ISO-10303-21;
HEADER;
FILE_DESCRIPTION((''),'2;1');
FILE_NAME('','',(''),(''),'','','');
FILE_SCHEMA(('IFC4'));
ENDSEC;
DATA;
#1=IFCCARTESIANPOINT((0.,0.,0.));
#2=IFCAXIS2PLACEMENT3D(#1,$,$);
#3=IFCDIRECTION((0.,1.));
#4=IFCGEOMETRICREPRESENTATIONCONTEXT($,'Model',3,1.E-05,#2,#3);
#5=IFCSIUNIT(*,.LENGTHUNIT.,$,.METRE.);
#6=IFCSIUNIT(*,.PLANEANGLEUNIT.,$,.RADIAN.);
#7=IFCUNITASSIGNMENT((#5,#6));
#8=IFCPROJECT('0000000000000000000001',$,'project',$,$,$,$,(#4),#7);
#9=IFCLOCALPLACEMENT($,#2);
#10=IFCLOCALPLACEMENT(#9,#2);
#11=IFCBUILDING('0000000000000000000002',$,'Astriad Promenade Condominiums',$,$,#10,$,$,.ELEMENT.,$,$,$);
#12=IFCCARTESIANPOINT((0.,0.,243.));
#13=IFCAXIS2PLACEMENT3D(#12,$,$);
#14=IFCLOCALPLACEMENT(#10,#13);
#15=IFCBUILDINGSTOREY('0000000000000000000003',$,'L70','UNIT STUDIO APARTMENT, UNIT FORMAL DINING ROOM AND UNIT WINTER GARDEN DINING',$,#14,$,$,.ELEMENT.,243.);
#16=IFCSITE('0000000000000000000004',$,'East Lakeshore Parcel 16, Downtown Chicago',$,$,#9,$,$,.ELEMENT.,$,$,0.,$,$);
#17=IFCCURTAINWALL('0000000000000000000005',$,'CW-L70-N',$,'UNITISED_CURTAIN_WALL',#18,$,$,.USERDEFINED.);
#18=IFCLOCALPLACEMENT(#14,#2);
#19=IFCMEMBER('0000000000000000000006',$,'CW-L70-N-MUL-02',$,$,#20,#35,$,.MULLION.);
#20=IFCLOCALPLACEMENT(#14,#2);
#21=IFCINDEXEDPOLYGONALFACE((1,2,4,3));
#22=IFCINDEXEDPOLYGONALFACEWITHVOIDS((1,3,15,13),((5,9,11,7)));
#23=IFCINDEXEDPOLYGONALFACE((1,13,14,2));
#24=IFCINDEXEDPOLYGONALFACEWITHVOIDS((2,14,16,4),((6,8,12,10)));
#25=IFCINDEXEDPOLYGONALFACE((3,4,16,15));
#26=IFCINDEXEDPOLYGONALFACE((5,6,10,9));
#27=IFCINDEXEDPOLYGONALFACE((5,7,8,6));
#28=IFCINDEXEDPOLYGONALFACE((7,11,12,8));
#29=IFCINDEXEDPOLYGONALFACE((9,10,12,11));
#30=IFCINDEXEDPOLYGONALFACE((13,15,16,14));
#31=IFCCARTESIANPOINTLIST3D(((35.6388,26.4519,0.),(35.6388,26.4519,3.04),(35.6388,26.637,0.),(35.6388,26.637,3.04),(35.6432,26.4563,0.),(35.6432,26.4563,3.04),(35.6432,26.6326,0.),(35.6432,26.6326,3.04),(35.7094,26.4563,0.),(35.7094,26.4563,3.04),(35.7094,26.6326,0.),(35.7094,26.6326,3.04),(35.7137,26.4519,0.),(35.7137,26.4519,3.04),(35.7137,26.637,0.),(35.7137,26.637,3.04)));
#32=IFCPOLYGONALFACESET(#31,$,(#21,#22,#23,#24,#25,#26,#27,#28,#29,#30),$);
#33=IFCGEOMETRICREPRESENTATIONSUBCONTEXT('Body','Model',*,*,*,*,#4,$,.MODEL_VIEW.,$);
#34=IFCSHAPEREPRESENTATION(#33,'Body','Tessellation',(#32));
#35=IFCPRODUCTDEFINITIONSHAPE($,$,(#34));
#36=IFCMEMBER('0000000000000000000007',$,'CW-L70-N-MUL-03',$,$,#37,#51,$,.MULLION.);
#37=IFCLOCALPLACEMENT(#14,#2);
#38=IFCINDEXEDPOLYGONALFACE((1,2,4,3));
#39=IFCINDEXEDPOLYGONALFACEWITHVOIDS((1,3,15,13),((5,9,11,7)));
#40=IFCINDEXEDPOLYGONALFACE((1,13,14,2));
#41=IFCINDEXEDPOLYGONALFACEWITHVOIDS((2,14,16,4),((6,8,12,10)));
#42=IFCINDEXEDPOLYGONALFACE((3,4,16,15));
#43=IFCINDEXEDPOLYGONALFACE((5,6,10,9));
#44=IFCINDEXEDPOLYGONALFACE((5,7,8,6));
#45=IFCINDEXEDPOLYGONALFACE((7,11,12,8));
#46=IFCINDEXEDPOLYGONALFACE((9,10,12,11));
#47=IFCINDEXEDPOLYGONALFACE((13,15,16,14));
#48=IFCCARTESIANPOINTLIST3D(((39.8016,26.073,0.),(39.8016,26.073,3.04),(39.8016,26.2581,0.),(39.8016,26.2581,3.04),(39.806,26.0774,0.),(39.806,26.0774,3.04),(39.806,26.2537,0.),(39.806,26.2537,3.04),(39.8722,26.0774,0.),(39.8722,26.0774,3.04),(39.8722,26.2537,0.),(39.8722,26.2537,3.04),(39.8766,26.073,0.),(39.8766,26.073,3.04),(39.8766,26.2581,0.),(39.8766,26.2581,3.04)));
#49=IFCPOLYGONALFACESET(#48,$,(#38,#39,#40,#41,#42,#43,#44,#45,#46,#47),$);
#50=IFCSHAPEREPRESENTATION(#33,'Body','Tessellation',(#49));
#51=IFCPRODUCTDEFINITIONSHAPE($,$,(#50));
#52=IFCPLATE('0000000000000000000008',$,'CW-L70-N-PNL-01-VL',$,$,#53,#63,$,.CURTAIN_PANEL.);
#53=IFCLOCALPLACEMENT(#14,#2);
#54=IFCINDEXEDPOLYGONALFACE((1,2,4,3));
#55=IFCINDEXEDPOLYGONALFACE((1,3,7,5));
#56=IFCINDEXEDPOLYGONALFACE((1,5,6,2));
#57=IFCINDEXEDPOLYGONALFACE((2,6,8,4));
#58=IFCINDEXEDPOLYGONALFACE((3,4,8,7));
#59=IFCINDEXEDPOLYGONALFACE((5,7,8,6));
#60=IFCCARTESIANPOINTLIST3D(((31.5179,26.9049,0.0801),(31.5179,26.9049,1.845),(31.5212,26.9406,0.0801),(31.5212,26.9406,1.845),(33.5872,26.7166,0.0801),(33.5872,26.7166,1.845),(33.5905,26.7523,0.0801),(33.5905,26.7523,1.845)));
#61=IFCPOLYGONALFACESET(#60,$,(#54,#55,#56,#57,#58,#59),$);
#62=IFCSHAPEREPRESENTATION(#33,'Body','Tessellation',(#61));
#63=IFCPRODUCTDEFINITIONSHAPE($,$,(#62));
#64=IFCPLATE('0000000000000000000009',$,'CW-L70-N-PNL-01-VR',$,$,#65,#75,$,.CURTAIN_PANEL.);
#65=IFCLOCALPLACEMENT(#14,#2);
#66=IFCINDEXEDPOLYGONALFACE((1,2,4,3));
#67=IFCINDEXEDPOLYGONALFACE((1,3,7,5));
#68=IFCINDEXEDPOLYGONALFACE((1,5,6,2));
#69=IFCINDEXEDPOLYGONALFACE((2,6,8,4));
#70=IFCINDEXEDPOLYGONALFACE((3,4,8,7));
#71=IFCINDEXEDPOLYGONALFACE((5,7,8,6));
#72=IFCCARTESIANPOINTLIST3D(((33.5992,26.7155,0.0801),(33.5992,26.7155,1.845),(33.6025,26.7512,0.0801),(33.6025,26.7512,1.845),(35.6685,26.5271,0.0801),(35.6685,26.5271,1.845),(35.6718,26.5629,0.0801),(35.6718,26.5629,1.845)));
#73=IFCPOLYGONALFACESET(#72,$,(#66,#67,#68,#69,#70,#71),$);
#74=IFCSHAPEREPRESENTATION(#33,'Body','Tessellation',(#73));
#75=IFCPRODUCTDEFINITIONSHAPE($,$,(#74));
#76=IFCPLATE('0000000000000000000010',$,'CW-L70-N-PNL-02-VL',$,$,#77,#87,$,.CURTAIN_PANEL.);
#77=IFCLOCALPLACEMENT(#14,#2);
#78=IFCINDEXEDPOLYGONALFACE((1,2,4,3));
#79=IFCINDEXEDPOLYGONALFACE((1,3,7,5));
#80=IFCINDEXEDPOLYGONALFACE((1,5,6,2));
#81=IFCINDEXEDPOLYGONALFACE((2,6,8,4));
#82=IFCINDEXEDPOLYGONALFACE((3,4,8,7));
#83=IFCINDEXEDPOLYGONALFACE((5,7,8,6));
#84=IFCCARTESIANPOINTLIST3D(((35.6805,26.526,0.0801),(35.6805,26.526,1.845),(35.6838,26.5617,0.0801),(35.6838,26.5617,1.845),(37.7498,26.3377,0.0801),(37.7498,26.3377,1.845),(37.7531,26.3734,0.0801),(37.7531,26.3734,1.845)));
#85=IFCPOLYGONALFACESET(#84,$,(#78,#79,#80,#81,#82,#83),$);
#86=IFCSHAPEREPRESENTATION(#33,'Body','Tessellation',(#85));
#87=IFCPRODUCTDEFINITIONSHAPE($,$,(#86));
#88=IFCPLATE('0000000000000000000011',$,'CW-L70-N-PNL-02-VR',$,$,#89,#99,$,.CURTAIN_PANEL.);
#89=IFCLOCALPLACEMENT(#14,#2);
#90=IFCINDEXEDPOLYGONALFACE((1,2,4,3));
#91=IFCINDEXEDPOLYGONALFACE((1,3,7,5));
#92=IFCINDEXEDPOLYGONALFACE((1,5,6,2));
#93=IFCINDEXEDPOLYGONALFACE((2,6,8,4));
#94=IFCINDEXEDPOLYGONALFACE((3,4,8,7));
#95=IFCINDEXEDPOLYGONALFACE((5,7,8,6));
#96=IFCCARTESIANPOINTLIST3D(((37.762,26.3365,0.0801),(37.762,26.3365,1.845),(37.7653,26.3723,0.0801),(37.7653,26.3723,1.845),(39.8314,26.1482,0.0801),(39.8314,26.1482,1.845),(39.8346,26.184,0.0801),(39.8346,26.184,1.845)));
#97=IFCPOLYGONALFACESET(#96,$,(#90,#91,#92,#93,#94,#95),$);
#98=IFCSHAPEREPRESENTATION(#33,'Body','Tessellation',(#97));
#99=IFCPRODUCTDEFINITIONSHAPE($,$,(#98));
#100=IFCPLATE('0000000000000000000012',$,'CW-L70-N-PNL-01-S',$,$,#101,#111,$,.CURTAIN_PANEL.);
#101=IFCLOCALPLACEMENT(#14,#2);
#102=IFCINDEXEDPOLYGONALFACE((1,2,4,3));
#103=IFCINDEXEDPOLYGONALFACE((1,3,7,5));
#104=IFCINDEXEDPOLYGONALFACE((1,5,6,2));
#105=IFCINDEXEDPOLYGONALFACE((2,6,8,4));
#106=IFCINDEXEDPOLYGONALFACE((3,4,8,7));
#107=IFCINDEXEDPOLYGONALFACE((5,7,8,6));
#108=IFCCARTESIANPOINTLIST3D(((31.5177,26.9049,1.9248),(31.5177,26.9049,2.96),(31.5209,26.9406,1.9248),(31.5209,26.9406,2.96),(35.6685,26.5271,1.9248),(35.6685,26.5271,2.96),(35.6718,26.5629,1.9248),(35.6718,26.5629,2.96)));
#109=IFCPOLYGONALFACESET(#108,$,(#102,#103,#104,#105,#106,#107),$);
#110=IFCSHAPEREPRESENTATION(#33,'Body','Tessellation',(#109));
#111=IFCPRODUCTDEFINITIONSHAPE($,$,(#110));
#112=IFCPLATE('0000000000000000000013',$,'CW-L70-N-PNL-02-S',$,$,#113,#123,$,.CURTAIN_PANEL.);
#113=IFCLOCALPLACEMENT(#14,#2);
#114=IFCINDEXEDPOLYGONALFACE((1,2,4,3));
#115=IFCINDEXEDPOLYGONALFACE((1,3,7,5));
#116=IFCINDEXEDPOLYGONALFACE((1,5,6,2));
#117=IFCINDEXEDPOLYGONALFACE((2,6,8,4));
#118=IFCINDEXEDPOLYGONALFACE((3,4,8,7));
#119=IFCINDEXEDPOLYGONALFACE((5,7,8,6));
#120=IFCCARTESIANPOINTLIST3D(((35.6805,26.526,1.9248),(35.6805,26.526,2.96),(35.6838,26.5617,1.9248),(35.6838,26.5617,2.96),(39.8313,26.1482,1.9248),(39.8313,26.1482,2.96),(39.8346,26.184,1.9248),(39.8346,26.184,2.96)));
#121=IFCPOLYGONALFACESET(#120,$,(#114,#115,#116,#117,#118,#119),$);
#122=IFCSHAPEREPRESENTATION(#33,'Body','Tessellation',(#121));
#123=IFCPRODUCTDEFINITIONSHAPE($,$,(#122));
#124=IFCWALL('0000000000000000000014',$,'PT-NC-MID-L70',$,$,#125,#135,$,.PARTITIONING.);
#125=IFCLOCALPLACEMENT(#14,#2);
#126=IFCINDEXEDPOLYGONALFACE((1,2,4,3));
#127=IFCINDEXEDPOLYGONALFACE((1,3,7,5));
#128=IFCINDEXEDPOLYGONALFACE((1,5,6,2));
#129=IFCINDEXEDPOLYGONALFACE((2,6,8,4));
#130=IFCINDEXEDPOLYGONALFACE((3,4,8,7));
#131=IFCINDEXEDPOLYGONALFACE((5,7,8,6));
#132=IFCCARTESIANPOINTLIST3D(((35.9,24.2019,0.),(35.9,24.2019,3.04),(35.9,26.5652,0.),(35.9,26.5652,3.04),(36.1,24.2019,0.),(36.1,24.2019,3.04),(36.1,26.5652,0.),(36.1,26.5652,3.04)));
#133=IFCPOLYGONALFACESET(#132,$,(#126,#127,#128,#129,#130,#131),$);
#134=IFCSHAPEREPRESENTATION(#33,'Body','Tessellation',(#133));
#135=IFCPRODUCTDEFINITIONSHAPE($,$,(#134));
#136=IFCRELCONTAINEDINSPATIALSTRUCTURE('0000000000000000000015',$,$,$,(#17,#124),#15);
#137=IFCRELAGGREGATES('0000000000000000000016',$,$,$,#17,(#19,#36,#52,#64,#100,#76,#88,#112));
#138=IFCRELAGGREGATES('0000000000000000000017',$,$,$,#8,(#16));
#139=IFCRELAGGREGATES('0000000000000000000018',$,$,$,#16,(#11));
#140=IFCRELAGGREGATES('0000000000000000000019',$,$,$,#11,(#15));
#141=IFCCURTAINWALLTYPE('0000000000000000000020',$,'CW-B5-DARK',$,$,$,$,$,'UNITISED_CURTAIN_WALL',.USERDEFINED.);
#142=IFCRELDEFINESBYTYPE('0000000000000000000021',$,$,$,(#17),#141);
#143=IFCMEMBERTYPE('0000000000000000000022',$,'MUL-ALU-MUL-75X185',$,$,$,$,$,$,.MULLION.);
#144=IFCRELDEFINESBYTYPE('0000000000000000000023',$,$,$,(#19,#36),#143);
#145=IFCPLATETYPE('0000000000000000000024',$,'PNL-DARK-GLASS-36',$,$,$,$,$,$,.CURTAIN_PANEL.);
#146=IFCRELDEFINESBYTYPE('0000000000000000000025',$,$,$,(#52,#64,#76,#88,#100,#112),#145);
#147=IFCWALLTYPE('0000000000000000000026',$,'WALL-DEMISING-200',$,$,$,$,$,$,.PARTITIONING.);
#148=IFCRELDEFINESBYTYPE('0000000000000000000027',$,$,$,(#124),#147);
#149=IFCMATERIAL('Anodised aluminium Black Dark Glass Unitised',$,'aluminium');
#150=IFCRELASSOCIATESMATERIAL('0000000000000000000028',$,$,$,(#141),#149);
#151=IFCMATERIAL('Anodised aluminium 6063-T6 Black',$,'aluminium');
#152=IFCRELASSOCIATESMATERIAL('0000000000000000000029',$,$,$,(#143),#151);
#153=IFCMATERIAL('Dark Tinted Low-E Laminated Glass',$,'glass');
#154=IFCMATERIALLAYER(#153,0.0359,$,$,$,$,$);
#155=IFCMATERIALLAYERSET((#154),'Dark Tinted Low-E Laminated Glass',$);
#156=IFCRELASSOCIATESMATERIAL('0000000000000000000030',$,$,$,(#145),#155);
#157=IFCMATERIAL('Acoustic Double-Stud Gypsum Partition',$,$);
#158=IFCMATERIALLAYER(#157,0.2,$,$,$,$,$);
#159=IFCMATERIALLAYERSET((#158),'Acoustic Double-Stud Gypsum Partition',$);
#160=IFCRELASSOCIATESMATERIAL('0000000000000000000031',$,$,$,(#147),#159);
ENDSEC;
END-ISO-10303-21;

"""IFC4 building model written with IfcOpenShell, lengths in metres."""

from ifc_helpers import new_model, si_unit, direction, frame, frame_2d, origin, origin_2d, place, context, subcontext, project, spatial, rectangle, hollow_rectangle, extrude, source, transform, mapped, material, layer, layer_set, material_profile, profile_set, type_object, type_shapes, element, aggregate, save


model = new_model("IFC4")

# Units and contexts
model_context = context("Model", 3, precision=1e-05, world=origin(), true_north=direction((0.0, 1.0)))
body_context = subcontext(model_context, "Body", "Model", "MODEL_VIEW")
ifc_project = project(units=[si_unit("LENGTHUNIT", "METRE"), si_unit("PLANEANGLEUNIT", "RADIAN")], contexts=[model_context])

# Site, building, storey
site_placement = place(None, origin())
site = spatial("IfcSite", under=ifc_project, at=site_placement, Name="East Lakeshore Parcel 16, Downtown Chicago", CompositionType="ELEMENT", RefElevation=0.0)
building_placement = place(site_placement, origin())
building = spatial("IfcBuilding", under=site, at=building_placement, Name="Astriad Promenade Condominiums", CompositionType="ELEMENT")
storey_placement = place(building_placement, frame((0.0, 0.0, 243.0)))
storey = spatial("IfcBuildingStorey", under=building, at=storey_placement, Name="L70", Description="UNIT STUDIO APARTMENT, UNIT FORMAL DINING ROOM AND UNIT WINTER GARDEN DINING", CompositionType="ELEMENT", Elevation=243.0)

# Curtain wall, members, plates
ifc_material_1 = material(Name="Anodised aluminium Black Dark Glass Unitised", Category="aluminium")
curtain_wall_type = type_object("IfcCurtainWallType", Name="CW-B5-DARK", ElementType="UNITISED_CURTAIN_WALL", PredefinedType="USERDEFINED", material=ifc_material_1)
curtain_wall_placement = place(storey_placement, origin())
curtain_wall = element("IfcCurtainWall", 1, at=curtain_wall_placement, inside=storey, type_object=curtain_wall_type, Name="CW-L70-N", ObjectType="UNITISED_CURTAIN_WALL", PredefinedType="USERDEFINED")
ifc_material_2 = material(Name="Anodised aluminium 6063-T6 Black", Category="aluminium")
ifc_material_profile_1 = material_profile(ifc_material_2, hollow_rectangle(XDim=0.075, YDim=0.1851, WallThickness=0.0044, at=origin_2d()), Name="ALU-MUL-75X185")
ifc_profile_set_1 = profile_set([ifc_material_profile_1], Name="Anodised aluminium 6063-T6 Black")
member_type_1 = type_object("IfcMemberType", Name="MUL-ALU-MUL-75X185", PredefinedType="MULLION", material=ifc_profile_set_1)
shared_shape_1 = source(origin(), body_context, "Body", "SweptSolid", [
    extrude(hollow_rectangle(XDim=0.075, YDim=0.1851, WallThickness=0.0044, at=origin_2d()), origin(), (0.0, 0.0, 1.0), 3.04),
])
type_shapes(member_type_1, [shared_shape_1])
member_1_placement = place(storey_placement, frame((35.6763, 26.5444, 0.0), z_axis=(0.0, 0.0, 1.0), x_axis=(1.0, 0.0, 0.0)))
member_1 = element("IfcMember", 2, at=member_1_placement, type_object=member_type_1, Name="CW-L70-N-MUL-02", PredefinedType="MULLION", context=body_context, shape_type="MappedRepresentation", body=[
    mapped(shared_shape_1, transform((0.0, 0.0, 0.0), scale=1.0)),
])
member_2_placement = place(storey_placement, frame((39.8391, 26.1655, 0.0), z_axis=(0.0, 0.0, 1.0), x_axis=(1.0, 0.0, 0.0)))
member_2 = element("IfcMember", 3, at=member_2_placement, type_object=member_type_1, Name="CW-L70-N-MUL-03", PredefinedType="MULLION", context=body_context, shape_type="MappedRepresentation", body=[
    mapped(shared_shape_1, transform((0.0, 0.0, 0.0), scale=1.0)),
])
ifc_material_3 = material(Name="Dark Tinted Low-E Laminated Glass", Category="glass")
ifc_layer_1 = layer(ifc_material_3, 0.0359)
ifc_layer_set_1 = layer_set([ifc_layer_1], Name="Dark Tinted Low-E Laminated Glass")
plate_type = type_object("IfcPlateType", Name="PNL-DARK-GLASS-36", PredefinedType="CURTAIN_PANEL", material=ifc_layer_set_1)
shared_shape_2 = source(origin(), body_context, "Body", "SweptSolid", [
    extrude(rectangle(XDim=2.0779, YDim=0.0359, at=origin_2d()), origin(), (0.0, 0.0, 1.0), 1.7649),
])
plate_1_placement = place(storey_placement, frame((32.5542, 26.8286, 0.0801), z_axis=(0.0, 0.0, 1.0), x_axis=(0.995884, -0.090633, 0.0)))
plate_1 = element("IfcPlate", 4, at=plate_1_placement, type_object=plate_type, Name="CW-L70-N-PNL-01-VL", PredefinedType="CURTAIN_PANEL", context=body_context, shape_type="MappedRepresentation", body=[
    mapped(shared_shape_2, transform((0.0, 0.0, 0.0), scale=1.0)),
])
plate_2_placement = place(storey_placement, frame((34.6355, 26.6392, 0.0801), z_axis=(0.0, 0.0, 1.0), x_axis=(0.995884, -0.090633, 0.0)))
plate_2 = element("IfcPlate", 5, at=plate_2_placement, type_object=plate_type, Name="CW-L70-N-PNL-01-VR", PredefinedType="CURTAIN_PANEL", context=body_context, shape_type="MappedRepresentation", body=[
    mapped(shared_shape_2, transform((0.0, 0.0, 0.0), scale=1.0)),
])
plate_3_placement = place(storey_placement, frame((36.7168, 26.4497, 0.0801), z_axis=(0.0, 0.0, 1.0), x_axis=(0.995884, -0.090633, 0.0)))
plate_3 = element("IfcPlate", 6, at=plate_3_placement, type_object=plate_type, Name="CW-L70-N-PNL-02-VL", PredefinedType="CURTAIN_PANEL", context=body_context, shape_type="MappedRepresentation", body=[
    mapped(shared_shape_2, transform((0.0, 0.0, 0.0), scale=1.0)),
])
plate_4_placement = place(storey_placement, frame((38.7983, 26.2603, 0.0801), z_axis=(0.0, 0.0, 1.0), x_axis=(0.995884, -0.090633, 0.0)))
plate_4 = element("IfcPlate", 7, at=plate_4_placement, type_object=plate_type, Name="CW-L70-N-PNL-02-VR", PredefinedType="CURTAIN_PANEL", context=body_context, shape_type="MappedRepresentation", body=[
    mapped(shared_shape_2, transform((0.0, 0.0, 0.0), scale=1.0)),
])
shared_shape_3 = source(origin(), body_context, "Body", "SweptSolid", [
    extrude(rectangle(XDim=4.168, YDim=0.0359, at=origin_2d()), origin(), (0.0, 0.0, 1.0), 1.0352),
])
type_shapes(plate_type, [shared_shape_2, shared_shape_3])
plate_5_placement = place(storey_placement, frame((33.5947, 26.7339, 1.9248), z_axis=(0.0, 0.0, 1.0), x_axis=(0.995884, -0.090633, 0.0)))
plate_5 = element("IfcPlate", 8, at=plate_5_placement, type_object=plate_type, Name="CW-L70-N-PNL-01-S", PredefinedType="CURTAIN_PANEL", context=body_context, shape_type="MappedRepresentation", body=[
    mapped(shared_shape_3, transform((0.0, 0.0, 0.0), scale=1.0)),
])
plate_6_placement = place(storey_placement, frame((37.7576, 26.355, 1.9248), z_axis=(0.0, 0.0, 1.0), x_axis=(0.995884, -0.090633, 0.0)))
plate_6 = element("IfcPlate", 9, at=plate_6_placement, type_object=plate_type, Name="CW-L70-N-PNL-02-S", PredefinedType="CURTAIN_PANEL", context=body_context, shape_type="MappedRepresentation", body=[
    mapped(shared_shape_3, transform((0.0, 0.0, 0.0), scale=1.0)),
])
aggregate(curtain_wall, [member_1, member_2, plate_1, plate_2, plate_5, plate_3, plate_4, plate_6])

# Wall
ifc_material_4 = material(Name="Acoustic Double-Stud Gypsum Partition")
ifc_layer_2 = layer(ifc_material_4, 0.2)
ifc_layer_set_2 = layer_set([ifc_layer_2], Name="Acoustic Double-Stud Gypsum Partition")
wall_type_1 = type_object("IfcWallType", Name="WALL-DEMISING-200", PredefinedType="PARTITIONING", material=ifc_layer_set_2)
wall_1_placement = place(storey_placement, frame((36.0, 24.2019, 0.0), z_axis=(0.0, 0.0, 1.0), x_axis=(0.0, 1.0, 0.0)))
element("IfcWall", 10, at=wall_1_placement, inside=storey, type_object=wall_type_1, Name="PT-NC-MID-L70", PredefinedType="PARTITIONING", context=body_context, shape_type="SweptSolid", body=[
    extrude(rectangle(XDim=2.3633, YDim=0.2, at=frame_2d((1.1816, 0.0))), origin(), (0.0, 0.0, 1.0), 3.04),
])

save(model, "model.ifc")
